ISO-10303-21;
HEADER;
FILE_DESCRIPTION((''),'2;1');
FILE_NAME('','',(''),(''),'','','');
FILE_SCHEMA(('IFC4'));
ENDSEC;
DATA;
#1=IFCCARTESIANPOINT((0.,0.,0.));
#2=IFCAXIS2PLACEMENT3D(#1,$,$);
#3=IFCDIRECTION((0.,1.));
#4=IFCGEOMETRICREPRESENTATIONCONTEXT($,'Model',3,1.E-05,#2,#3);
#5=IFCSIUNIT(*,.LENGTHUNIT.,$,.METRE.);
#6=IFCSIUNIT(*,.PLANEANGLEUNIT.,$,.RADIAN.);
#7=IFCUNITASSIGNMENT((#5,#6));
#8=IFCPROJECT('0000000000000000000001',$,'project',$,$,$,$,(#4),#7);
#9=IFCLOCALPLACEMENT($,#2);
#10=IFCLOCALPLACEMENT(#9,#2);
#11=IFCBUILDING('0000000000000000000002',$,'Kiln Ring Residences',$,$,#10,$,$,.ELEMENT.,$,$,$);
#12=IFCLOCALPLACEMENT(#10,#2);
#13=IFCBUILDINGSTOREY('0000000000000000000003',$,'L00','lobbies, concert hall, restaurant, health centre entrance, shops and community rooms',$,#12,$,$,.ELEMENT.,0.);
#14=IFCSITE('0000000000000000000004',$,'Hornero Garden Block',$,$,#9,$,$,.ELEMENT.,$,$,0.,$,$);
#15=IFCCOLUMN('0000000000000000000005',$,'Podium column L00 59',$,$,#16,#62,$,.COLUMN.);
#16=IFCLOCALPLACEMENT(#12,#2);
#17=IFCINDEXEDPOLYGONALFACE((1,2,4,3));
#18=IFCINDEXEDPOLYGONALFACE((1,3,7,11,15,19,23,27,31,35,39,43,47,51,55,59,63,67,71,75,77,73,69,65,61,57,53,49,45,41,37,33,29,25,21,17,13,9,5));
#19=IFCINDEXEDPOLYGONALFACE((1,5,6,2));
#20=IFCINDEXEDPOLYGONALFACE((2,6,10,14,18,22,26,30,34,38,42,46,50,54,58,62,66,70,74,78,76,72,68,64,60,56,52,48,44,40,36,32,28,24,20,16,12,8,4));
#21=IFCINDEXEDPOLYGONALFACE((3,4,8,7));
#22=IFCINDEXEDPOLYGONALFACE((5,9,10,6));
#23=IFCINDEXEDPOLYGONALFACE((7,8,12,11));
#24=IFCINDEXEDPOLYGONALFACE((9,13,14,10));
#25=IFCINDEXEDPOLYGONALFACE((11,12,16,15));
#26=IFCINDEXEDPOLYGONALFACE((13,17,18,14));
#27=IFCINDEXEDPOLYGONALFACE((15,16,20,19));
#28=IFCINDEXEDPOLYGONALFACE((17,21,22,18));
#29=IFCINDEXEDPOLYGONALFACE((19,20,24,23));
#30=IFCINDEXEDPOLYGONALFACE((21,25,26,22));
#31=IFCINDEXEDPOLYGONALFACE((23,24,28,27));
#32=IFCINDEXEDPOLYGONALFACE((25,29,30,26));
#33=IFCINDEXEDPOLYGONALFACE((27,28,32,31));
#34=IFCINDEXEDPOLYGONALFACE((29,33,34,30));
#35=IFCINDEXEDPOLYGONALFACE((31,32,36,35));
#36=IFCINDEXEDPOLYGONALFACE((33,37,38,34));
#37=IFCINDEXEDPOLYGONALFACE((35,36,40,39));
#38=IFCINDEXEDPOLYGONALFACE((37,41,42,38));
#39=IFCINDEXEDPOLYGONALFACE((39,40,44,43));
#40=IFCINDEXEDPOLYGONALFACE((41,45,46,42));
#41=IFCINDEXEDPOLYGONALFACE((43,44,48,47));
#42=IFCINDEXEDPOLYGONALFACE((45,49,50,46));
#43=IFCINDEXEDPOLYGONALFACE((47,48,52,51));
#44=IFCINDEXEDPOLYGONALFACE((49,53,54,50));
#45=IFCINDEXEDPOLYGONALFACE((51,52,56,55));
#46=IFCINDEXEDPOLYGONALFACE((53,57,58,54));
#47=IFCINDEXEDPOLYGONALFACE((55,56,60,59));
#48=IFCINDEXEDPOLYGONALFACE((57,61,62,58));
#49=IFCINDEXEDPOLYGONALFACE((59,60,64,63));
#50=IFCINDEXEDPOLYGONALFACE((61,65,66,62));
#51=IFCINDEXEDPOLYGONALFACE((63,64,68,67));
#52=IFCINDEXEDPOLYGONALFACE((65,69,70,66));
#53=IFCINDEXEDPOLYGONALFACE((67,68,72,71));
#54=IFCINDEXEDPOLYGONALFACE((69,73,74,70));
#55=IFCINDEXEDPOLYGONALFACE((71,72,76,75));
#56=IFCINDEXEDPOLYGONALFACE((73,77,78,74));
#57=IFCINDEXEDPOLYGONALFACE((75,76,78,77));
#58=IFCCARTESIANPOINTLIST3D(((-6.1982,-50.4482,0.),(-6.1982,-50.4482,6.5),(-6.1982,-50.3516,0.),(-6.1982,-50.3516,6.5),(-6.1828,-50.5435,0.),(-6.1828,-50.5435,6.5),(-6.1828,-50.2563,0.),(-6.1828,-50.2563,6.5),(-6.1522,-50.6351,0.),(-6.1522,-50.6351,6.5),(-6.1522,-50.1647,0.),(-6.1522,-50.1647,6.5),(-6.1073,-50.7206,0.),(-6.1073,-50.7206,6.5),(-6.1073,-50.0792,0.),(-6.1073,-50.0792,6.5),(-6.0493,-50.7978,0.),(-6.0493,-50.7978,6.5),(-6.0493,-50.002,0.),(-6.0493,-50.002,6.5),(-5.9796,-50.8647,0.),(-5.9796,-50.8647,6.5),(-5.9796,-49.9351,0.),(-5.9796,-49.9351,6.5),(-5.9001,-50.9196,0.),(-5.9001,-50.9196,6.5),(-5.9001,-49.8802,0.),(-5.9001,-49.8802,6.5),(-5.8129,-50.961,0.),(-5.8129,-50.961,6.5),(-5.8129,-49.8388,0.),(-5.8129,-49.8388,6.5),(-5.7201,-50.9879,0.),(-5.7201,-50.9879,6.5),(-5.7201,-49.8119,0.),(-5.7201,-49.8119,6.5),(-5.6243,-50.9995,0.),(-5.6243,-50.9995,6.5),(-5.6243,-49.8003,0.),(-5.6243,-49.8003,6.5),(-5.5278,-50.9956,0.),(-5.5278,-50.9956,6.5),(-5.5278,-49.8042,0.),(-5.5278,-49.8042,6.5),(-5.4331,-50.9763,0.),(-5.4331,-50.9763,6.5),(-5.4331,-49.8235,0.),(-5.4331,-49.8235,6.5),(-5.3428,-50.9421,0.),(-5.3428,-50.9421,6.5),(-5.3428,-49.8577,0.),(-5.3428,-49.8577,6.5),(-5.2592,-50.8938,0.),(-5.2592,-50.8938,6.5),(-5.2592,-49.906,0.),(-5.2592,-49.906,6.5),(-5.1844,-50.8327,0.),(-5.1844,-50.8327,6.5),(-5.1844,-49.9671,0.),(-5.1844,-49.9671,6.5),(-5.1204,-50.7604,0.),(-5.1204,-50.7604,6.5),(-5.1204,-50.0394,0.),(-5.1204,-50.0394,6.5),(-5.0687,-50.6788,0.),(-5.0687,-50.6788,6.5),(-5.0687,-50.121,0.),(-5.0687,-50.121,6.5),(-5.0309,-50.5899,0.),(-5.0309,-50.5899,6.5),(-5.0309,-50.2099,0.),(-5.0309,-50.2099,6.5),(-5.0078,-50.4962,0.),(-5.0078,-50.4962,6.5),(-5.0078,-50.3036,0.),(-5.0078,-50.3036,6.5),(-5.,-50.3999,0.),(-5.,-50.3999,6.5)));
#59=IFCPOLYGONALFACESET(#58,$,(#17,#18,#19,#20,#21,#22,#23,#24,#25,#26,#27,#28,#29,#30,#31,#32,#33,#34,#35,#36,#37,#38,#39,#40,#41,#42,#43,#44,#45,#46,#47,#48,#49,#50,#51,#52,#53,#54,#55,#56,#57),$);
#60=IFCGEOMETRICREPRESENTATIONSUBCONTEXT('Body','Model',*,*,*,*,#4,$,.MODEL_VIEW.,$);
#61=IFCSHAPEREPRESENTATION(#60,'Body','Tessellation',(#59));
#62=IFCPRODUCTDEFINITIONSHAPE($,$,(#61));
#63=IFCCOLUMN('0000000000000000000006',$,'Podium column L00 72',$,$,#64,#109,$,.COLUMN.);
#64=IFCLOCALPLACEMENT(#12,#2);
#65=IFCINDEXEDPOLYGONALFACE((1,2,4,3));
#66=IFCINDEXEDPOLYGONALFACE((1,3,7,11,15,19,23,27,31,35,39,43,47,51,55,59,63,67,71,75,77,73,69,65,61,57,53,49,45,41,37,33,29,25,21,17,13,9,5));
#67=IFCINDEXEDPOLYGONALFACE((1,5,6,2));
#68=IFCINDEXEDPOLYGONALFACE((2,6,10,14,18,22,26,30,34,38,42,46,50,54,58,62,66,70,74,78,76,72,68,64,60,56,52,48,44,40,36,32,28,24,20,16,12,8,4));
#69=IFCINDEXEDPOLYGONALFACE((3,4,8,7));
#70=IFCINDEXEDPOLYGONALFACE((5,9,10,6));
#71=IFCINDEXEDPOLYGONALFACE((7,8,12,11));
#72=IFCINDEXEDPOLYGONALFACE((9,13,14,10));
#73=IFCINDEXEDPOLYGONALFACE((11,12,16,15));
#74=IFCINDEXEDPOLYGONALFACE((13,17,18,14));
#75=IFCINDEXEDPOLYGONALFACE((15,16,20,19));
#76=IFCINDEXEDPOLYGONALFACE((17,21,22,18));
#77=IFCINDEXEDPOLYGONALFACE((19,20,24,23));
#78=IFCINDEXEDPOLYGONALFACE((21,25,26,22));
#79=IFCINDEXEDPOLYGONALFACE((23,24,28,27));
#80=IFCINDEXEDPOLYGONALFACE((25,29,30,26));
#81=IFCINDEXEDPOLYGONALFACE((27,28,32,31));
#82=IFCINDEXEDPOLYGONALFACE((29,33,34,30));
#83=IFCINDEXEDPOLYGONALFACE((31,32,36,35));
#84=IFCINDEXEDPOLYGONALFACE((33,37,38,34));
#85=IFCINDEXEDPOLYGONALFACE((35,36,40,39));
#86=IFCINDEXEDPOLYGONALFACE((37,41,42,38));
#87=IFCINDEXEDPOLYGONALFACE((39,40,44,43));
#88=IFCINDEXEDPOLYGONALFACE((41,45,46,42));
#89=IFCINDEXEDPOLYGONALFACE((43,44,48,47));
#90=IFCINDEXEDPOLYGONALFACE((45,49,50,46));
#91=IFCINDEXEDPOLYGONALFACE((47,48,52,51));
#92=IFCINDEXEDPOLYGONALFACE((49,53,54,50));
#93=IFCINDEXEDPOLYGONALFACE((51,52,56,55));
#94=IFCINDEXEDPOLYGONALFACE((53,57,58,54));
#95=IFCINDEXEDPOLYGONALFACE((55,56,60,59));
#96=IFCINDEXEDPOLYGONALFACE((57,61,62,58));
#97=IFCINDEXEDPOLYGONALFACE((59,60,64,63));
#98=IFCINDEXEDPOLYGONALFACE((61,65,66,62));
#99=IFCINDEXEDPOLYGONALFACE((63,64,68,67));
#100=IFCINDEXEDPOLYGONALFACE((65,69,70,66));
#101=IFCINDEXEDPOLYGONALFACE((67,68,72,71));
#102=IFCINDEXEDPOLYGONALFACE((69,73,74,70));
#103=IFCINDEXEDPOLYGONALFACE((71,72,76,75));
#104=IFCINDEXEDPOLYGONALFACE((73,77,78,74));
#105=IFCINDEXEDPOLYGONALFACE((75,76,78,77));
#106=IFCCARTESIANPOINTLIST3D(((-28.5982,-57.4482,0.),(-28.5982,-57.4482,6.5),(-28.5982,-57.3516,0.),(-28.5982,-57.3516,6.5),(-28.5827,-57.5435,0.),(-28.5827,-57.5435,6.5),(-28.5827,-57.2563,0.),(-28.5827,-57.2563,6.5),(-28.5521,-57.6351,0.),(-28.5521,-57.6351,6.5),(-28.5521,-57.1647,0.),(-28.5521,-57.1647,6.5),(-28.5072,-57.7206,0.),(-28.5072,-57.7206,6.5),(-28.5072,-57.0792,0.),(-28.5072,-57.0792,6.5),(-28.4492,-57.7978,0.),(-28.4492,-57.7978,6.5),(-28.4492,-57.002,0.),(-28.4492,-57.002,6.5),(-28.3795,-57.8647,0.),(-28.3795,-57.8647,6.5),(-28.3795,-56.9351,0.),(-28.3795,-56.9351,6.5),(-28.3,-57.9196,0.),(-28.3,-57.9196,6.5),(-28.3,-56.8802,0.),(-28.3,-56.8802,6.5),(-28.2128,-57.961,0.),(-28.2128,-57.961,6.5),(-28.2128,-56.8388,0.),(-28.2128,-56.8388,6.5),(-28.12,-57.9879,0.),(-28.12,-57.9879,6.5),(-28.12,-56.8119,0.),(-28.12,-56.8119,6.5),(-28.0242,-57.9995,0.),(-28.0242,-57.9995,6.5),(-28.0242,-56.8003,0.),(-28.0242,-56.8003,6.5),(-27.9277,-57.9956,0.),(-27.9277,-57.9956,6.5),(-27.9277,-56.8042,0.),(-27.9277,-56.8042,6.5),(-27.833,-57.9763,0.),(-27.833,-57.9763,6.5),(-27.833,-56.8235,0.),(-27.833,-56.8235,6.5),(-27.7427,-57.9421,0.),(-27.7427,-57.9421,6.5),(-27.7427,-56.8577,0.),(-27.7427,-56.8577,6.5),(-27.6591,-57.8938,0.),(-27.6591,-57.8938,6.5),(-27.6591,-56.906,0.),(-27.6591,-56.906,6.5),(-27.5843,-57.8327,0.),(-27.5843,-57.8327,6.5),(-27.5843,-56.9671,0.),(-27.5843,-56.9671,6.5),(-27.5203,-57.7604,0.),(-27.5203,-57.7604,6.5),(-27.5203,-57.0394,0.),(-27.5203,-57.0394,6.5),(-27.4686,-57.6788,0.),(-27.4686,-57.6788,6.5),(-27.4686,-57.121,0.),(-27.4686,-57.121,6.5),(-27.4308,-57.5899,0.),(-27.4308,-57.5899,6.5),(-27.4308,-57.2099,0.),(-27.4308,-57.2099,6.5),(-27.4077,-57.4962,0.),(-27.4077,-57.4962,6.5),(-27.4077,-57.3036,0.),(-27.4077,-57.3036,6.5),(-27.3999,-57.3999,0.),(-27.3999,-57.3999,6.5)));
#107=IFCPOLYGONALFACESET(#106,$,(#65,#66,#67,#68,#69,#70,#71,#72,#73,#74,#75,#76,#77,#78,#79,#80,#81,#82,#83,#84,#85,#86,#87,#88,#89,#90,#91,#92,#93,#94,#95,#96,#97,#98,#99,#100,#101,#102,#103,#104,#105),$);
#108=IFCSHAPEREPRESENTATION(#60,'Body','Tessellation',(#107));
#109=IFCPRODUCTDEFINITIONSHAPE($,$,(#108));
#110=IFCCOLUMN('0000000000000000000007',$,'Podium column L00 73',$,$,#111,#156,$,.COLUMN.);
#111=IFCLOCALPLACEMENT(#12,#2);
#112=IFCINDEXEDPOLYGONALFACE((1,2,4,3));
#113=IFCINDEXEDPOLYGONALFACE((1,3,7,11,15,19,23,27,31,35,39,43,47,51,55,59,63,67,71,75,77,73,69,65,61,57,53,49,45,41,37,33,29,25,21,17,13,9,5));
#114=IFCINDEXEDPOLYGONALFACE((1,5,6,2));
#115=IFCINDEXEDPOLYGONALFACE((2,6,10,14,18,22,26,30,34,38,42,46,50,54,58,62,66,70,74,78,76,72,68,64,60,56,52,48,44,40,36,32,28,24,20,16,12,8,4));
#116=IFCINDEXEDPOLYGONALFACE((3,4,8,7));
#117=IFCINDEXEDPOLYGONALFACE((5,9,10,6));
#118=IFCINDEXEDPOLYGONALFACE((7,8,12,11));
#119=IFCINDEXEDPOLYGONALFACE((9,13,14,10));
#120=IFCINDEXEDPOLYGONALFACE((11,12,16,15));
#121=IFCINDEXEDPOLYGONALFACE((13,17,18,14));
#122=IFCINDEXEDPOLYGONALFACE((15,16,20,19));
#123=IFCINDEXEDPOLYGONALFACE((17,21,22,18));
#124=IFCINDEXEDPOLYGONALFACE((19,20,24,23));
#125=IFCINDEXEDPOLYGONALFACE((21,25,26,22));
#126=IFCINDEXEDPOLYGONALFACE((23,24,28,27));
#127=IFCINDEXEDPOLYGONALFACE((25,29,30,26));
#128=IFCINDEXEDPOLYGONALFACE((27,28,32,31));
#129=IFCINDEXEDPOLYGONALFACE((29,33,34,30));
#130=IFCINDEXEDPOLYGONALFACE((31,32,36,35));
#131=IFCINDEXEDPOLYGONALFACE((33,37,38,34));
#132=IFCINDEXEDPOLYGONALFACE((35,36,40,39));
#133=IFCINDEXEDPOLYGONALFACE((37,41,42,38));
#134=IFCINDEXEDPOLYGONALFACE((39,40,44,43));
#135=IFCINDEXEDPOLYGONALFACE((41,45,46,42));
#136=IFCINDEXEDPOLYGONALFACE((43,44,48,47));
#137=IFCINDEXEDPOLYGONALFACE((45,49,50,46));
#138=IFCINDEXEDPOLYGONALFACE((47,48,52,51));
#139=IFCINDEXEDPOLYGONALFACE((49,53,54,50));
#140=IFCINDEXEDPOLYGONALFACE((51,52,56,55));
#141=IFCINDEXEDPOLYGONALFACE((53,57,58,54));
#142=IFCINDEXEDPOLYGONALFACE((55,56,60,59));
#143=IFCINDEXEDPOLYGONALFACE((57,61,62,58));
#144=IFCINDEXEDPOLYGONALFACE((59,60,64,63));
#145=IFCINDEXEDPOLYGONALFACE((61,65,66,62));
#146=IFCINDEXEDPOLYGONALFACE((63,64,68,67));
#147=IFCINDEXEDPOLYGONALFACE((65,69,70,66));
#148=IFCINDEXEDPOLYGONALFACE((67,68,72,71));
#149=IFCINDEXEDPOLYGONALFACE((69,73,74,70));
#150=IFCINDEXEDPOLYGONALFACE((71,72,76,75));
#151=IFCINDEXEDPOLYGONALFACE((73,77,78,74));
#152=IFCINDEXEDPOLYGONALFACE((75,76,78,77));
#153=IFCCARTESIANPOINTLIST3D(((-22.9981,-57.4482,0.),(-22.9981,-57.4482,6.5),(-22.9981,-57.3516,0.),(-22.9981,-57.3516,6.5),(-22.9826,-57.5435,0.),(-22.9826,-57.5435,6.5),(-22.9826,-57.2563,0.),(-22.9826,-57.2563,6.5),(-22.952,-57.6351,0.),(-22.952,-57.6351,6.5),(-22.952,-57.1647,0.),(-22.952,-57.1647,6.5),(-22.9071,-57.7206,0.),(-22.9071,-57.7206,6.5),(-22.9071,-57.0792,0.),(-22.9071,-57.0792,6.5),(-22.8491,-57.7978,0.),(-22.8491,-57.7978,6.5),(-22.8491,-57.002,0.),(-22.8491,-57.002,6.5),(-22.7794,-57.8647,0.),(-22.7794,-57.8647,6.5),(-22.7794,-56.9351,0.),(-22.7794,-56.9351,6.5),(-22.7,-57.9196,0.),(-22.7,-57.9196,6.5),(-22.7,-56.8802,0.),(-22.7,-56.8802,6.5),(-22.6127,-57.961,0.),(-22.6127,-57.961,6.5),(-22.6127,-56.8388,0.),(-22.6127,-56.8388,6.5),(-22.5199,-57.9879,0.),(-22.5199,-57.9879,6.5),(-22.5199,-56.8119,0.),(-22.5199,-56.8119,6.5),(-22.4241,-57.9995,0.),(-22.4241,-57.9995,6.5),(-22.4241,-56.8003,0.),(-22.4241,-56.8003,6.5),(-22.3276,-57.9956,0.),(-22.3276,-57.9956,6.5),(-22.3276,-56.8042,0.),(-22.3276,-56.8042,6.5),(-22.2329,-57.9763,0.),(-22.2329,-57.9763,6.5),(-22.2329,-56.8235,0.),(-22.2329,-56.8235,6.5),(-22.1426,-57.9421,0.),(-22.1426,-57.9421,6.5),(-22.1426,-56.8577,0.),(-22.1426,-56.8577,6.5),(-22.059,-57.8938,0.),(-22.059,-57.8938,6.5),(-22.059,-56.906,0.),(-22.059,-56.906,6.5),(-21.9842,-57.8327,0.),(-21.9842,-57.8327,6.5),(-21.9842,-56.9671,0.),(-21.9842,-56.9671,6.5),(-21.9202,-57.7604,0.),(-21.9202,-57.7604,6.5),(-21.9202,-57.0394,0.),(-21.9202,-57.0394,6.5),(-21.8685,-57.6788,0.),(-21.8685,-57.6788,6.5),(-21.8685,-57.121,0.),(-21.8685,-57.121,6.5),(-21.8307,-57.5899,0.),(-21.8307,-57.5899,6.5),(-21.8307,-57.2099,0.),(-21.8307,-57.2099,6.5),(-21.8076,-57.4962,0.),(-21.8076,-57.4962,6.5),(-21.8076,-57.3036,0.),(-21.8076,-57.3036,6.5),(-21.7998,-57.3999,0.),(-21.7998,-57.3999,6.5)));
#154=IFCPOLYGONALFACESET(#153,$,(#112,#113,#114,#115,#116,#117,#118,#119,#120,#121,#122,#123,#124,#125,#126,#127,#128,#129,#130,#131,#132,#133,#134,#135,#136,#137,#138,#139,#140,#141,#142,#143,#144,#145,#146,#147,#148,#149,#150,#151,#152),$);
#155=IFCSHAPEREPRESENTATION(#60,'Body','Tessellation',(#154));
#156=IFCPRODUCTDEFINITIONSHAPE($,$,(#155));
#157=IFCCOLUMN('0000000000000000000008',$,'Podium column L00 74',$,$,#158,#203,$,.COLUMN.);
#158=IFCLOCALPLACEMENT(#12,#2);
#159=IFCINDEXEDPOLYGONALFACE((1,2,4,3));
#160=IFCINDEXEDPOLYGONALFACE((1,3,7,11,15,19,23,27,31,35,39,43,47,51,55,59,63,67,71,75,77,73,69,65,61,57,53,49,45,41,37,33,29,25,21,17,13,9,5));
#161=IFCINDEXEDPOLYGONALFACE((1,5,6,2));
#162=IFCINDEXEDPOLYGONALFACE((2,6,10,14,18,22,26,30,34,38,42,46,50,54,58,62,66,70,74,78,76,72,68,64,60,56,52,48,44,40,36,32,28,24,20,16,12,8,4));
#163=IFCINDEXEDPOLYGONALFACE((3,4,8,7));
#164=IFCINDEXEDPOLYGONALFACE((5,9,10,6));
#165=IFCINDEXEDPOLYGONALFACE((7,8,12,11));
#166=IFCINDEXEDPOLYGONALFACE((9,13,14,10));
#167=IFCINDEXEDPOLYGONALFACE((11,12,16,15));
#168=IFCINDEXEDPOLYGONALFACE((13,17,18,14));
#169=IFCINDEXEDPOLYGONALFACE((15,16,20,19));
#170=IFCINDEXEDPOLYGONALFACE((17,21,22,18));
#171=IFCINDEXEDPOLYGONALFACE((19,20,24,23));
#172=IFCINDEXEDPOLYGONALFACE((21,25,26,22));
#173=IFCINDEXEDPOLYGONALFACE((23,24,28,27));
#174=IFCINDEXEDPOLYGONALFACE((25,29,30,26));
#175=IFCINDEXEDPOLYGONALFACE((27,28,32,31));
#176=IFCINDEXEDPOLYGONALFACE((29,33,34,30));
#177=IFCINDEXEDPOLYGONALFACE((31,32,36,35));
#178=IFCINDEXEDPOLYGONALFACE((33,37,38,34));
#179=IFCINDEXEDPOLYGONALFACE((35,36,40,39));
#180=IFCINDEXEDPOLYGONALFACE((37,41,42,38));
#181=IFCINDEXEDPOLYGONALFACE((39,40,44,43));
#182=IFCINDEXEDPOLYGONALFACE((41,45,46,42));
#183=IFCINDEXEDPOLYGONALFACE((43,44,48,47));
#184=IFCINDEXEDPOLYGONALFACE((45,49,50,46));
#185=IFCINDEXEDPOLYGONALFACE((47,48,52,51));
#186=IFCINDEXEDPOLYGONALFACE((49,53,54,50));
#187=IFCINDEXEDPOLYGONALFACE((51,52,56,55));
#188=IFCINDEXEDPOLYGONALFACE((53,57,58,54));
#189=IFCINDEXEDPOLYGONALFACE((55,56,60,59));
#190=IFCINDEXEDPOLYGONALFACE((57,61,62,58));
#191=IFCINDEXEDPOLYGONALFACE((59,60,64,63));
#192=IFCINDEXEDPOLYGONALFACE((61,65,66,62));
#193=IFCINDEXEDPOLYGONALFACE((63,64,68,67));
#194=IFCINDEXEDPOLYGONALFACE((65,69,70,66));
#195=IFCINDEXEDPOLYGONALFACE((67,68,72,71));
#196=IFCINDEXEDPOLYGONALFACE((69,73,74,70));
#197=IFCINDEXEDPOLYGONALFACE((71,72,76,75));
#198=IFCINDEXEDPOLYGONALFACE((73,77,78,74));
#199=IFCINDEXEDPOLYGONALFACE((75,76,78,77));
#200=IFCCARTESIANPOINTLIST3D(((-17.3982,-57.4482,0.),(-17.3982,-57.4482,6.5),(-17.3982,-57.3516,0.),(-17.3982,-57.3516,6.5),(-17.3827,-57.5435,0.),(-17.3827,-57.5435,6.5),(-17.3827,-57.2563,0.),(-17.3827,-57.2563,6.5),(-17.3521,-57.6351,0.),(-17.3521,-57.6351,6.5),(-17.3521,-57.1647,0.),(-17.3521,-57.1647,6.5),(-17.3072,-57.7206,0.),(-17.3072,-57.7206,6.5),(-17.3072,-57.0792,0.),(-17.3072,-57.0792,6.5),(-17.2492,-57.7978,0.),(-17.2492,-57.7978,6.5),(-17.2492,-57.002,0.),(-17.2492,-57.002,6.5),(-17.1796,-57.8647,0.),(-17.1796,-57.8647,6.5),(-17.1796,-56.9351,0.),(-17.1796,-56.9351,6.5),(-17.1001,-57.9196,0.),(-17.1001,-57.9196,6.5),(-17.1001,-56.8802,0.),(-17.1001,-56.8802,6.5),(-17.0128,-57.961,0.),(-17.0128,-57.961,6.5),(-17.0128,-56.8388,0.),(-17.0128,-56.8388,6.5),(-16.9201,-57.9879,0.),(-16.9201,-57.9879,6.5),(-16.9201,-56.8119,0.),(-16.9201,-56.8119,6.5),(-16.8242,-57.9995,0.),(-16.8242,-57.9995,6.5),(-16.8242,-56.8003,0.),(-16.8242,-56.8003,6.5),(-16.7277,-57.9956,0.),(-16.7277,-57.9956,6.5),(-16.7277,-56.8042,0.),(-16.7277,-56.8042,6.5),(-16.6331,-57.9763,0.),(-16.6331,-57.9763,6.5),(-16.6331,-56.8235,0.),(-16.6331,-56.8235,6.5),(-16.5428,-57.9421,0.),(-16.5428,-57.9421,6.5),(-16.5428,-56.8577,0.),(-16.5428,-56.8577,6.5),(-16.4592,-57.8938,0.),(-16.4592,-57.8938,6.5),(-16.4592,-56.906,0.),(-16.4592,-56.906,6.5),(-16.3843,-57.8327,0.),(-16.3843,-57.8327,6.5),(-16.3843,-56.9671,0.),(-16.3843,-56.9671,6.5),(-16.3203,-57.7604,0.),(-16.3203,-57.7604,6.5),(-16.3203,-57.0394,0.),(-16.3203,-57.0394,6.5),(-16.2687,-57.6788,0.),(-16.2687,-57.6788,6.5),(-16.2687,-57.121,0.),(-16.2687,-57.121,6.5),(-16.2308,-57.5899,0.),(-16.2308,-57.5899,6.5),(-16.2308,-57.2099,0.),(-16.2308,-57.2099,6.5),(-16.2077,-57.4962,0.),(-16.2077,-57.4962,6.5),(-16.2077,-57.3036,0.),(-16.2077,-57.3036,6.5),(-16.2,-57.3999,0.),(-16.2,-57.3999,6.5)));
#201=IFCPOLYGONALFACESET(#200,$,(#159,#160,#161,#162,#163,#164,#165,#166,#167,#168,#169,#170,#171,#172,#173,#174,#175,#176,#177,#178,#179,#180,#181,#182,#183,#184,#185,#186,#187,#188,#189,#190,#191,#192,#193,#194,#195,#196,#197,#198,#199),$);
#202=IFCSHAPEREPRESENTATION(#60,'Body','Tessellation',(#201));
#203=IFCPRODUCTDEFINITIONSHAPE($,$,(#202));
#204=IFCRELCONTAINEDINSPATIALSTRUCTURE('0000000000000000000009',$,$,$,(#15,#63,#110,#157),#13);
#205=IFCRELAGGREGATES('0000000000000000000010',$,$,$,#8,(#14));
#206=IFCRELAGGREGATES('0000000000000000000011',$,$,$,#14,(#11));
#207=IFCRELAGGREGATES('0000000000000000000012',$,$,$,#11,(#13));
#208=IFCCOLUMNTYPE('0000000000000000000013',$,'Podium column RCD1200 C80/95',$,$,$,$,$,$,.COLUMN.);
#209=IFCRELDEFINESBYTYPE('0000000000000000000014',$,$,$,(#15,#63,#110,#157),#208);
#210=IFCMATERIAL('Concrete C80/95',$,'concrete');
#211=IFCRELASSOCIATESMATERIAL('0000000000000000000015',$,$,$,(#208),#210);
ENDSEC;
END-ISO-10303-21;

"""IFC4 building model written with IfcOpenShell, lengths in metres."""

from ifc_helpers import new_model, si_unit, direction, frame, origin, origin_2d, place, context, subcontext, project, spatial, circle, extrude, material, material_profile, profile_set, type_object, element, save


model = new_model("IFC4")

# Units and contexts
model_context = context("Model", 3, precision=1e-05, world=origin(), true_north=direction((0.0, 1.0)))
body_context = subcontext(model_context, "Body", "Model", "MODEL_VIEW")
ifc_project = project(units=[si_unit("LENGTHUNIT", "METRE"), si_unit("PLANEANGLEUNIT", "RADIAN")], contexts=[model_context])

# Site, building, storey
site_placement = place(None, origin())
site = spatial("IfcSite", under=ifc_project, at=site_placement, Name="Hornero Garden Block", CompositionType="ELEMENT", RefElevation=0.0)
building_placement = place(site_placement, origin())
building = spatial("IfcBuilding", under=site, at=building_placement, Name="Kiln Ring Residences", CompositionType="ELEMENT")
storey_placement = place(building_placement, origin())
storey = spatial("IfcBuildingStorey", under=building, at=storey_placement, Name="L00", Description="lobbies, concert hall, restaurant, health centre entrance, shops and community rooms", CompositionType="ELEMENT", Elevation=0.0)

# Columns
ifc_material_1 = material(Name="Concrete C80/95", Category="concrete")
ifc_material_profile_1 = material_profile(ifc_material_1, circle(Radius=0.6001, at=origin_2d()), Name="RCD1200")
ifc_profile_set_1 = profile_set([ifc_material_profile_1], Name="Concrete C80/95")
column_type = type_object("IfcColumnType", Name="Podium column RCD1200 C80/95", PredefinedType="COLUMN", material=ifc_profile_set_1)
for number, where, z_axis, x_axis, name in (
    (1, (-5.6001, -50.3999, 0.0), (0.0, 0.0, 1.0), (1.0, 0.0, 0.0), "Podium column L00 59"),
    (2, (-28.0, -57.3999, 0.0), (0.0, 0.0, 1.0), (1.0, 0.0, 0.0), "Podium column L00 72"),
    (3, (-22.3999, -57.3999, 0.0), (0.0, 0.0, 1.0), (1.0, 0.0, 0.0), "Podium column L00 73"),
    (4, (-16.8, -57.3999, 0.0), (0.0, 0.0, 1.0), (1.0, 0.0, 0.0), "Podium column L00 74"),
):
    element("IfcColumn", number, at=place(storey_placement, frame(where, z_axis=z_axis, x_axis=x_axis)), inside=storey, type_object=column_type, Name=name, PredefinedType="COLUMN", context=body_context, shape_type="SweptSolid", body=[
        extrude(circle(Radius=0.6001, at=origin_2d()), origin(), (0.0, 0.0, 1.0), 6.5),
    ])

save(model, "model.ifc")
